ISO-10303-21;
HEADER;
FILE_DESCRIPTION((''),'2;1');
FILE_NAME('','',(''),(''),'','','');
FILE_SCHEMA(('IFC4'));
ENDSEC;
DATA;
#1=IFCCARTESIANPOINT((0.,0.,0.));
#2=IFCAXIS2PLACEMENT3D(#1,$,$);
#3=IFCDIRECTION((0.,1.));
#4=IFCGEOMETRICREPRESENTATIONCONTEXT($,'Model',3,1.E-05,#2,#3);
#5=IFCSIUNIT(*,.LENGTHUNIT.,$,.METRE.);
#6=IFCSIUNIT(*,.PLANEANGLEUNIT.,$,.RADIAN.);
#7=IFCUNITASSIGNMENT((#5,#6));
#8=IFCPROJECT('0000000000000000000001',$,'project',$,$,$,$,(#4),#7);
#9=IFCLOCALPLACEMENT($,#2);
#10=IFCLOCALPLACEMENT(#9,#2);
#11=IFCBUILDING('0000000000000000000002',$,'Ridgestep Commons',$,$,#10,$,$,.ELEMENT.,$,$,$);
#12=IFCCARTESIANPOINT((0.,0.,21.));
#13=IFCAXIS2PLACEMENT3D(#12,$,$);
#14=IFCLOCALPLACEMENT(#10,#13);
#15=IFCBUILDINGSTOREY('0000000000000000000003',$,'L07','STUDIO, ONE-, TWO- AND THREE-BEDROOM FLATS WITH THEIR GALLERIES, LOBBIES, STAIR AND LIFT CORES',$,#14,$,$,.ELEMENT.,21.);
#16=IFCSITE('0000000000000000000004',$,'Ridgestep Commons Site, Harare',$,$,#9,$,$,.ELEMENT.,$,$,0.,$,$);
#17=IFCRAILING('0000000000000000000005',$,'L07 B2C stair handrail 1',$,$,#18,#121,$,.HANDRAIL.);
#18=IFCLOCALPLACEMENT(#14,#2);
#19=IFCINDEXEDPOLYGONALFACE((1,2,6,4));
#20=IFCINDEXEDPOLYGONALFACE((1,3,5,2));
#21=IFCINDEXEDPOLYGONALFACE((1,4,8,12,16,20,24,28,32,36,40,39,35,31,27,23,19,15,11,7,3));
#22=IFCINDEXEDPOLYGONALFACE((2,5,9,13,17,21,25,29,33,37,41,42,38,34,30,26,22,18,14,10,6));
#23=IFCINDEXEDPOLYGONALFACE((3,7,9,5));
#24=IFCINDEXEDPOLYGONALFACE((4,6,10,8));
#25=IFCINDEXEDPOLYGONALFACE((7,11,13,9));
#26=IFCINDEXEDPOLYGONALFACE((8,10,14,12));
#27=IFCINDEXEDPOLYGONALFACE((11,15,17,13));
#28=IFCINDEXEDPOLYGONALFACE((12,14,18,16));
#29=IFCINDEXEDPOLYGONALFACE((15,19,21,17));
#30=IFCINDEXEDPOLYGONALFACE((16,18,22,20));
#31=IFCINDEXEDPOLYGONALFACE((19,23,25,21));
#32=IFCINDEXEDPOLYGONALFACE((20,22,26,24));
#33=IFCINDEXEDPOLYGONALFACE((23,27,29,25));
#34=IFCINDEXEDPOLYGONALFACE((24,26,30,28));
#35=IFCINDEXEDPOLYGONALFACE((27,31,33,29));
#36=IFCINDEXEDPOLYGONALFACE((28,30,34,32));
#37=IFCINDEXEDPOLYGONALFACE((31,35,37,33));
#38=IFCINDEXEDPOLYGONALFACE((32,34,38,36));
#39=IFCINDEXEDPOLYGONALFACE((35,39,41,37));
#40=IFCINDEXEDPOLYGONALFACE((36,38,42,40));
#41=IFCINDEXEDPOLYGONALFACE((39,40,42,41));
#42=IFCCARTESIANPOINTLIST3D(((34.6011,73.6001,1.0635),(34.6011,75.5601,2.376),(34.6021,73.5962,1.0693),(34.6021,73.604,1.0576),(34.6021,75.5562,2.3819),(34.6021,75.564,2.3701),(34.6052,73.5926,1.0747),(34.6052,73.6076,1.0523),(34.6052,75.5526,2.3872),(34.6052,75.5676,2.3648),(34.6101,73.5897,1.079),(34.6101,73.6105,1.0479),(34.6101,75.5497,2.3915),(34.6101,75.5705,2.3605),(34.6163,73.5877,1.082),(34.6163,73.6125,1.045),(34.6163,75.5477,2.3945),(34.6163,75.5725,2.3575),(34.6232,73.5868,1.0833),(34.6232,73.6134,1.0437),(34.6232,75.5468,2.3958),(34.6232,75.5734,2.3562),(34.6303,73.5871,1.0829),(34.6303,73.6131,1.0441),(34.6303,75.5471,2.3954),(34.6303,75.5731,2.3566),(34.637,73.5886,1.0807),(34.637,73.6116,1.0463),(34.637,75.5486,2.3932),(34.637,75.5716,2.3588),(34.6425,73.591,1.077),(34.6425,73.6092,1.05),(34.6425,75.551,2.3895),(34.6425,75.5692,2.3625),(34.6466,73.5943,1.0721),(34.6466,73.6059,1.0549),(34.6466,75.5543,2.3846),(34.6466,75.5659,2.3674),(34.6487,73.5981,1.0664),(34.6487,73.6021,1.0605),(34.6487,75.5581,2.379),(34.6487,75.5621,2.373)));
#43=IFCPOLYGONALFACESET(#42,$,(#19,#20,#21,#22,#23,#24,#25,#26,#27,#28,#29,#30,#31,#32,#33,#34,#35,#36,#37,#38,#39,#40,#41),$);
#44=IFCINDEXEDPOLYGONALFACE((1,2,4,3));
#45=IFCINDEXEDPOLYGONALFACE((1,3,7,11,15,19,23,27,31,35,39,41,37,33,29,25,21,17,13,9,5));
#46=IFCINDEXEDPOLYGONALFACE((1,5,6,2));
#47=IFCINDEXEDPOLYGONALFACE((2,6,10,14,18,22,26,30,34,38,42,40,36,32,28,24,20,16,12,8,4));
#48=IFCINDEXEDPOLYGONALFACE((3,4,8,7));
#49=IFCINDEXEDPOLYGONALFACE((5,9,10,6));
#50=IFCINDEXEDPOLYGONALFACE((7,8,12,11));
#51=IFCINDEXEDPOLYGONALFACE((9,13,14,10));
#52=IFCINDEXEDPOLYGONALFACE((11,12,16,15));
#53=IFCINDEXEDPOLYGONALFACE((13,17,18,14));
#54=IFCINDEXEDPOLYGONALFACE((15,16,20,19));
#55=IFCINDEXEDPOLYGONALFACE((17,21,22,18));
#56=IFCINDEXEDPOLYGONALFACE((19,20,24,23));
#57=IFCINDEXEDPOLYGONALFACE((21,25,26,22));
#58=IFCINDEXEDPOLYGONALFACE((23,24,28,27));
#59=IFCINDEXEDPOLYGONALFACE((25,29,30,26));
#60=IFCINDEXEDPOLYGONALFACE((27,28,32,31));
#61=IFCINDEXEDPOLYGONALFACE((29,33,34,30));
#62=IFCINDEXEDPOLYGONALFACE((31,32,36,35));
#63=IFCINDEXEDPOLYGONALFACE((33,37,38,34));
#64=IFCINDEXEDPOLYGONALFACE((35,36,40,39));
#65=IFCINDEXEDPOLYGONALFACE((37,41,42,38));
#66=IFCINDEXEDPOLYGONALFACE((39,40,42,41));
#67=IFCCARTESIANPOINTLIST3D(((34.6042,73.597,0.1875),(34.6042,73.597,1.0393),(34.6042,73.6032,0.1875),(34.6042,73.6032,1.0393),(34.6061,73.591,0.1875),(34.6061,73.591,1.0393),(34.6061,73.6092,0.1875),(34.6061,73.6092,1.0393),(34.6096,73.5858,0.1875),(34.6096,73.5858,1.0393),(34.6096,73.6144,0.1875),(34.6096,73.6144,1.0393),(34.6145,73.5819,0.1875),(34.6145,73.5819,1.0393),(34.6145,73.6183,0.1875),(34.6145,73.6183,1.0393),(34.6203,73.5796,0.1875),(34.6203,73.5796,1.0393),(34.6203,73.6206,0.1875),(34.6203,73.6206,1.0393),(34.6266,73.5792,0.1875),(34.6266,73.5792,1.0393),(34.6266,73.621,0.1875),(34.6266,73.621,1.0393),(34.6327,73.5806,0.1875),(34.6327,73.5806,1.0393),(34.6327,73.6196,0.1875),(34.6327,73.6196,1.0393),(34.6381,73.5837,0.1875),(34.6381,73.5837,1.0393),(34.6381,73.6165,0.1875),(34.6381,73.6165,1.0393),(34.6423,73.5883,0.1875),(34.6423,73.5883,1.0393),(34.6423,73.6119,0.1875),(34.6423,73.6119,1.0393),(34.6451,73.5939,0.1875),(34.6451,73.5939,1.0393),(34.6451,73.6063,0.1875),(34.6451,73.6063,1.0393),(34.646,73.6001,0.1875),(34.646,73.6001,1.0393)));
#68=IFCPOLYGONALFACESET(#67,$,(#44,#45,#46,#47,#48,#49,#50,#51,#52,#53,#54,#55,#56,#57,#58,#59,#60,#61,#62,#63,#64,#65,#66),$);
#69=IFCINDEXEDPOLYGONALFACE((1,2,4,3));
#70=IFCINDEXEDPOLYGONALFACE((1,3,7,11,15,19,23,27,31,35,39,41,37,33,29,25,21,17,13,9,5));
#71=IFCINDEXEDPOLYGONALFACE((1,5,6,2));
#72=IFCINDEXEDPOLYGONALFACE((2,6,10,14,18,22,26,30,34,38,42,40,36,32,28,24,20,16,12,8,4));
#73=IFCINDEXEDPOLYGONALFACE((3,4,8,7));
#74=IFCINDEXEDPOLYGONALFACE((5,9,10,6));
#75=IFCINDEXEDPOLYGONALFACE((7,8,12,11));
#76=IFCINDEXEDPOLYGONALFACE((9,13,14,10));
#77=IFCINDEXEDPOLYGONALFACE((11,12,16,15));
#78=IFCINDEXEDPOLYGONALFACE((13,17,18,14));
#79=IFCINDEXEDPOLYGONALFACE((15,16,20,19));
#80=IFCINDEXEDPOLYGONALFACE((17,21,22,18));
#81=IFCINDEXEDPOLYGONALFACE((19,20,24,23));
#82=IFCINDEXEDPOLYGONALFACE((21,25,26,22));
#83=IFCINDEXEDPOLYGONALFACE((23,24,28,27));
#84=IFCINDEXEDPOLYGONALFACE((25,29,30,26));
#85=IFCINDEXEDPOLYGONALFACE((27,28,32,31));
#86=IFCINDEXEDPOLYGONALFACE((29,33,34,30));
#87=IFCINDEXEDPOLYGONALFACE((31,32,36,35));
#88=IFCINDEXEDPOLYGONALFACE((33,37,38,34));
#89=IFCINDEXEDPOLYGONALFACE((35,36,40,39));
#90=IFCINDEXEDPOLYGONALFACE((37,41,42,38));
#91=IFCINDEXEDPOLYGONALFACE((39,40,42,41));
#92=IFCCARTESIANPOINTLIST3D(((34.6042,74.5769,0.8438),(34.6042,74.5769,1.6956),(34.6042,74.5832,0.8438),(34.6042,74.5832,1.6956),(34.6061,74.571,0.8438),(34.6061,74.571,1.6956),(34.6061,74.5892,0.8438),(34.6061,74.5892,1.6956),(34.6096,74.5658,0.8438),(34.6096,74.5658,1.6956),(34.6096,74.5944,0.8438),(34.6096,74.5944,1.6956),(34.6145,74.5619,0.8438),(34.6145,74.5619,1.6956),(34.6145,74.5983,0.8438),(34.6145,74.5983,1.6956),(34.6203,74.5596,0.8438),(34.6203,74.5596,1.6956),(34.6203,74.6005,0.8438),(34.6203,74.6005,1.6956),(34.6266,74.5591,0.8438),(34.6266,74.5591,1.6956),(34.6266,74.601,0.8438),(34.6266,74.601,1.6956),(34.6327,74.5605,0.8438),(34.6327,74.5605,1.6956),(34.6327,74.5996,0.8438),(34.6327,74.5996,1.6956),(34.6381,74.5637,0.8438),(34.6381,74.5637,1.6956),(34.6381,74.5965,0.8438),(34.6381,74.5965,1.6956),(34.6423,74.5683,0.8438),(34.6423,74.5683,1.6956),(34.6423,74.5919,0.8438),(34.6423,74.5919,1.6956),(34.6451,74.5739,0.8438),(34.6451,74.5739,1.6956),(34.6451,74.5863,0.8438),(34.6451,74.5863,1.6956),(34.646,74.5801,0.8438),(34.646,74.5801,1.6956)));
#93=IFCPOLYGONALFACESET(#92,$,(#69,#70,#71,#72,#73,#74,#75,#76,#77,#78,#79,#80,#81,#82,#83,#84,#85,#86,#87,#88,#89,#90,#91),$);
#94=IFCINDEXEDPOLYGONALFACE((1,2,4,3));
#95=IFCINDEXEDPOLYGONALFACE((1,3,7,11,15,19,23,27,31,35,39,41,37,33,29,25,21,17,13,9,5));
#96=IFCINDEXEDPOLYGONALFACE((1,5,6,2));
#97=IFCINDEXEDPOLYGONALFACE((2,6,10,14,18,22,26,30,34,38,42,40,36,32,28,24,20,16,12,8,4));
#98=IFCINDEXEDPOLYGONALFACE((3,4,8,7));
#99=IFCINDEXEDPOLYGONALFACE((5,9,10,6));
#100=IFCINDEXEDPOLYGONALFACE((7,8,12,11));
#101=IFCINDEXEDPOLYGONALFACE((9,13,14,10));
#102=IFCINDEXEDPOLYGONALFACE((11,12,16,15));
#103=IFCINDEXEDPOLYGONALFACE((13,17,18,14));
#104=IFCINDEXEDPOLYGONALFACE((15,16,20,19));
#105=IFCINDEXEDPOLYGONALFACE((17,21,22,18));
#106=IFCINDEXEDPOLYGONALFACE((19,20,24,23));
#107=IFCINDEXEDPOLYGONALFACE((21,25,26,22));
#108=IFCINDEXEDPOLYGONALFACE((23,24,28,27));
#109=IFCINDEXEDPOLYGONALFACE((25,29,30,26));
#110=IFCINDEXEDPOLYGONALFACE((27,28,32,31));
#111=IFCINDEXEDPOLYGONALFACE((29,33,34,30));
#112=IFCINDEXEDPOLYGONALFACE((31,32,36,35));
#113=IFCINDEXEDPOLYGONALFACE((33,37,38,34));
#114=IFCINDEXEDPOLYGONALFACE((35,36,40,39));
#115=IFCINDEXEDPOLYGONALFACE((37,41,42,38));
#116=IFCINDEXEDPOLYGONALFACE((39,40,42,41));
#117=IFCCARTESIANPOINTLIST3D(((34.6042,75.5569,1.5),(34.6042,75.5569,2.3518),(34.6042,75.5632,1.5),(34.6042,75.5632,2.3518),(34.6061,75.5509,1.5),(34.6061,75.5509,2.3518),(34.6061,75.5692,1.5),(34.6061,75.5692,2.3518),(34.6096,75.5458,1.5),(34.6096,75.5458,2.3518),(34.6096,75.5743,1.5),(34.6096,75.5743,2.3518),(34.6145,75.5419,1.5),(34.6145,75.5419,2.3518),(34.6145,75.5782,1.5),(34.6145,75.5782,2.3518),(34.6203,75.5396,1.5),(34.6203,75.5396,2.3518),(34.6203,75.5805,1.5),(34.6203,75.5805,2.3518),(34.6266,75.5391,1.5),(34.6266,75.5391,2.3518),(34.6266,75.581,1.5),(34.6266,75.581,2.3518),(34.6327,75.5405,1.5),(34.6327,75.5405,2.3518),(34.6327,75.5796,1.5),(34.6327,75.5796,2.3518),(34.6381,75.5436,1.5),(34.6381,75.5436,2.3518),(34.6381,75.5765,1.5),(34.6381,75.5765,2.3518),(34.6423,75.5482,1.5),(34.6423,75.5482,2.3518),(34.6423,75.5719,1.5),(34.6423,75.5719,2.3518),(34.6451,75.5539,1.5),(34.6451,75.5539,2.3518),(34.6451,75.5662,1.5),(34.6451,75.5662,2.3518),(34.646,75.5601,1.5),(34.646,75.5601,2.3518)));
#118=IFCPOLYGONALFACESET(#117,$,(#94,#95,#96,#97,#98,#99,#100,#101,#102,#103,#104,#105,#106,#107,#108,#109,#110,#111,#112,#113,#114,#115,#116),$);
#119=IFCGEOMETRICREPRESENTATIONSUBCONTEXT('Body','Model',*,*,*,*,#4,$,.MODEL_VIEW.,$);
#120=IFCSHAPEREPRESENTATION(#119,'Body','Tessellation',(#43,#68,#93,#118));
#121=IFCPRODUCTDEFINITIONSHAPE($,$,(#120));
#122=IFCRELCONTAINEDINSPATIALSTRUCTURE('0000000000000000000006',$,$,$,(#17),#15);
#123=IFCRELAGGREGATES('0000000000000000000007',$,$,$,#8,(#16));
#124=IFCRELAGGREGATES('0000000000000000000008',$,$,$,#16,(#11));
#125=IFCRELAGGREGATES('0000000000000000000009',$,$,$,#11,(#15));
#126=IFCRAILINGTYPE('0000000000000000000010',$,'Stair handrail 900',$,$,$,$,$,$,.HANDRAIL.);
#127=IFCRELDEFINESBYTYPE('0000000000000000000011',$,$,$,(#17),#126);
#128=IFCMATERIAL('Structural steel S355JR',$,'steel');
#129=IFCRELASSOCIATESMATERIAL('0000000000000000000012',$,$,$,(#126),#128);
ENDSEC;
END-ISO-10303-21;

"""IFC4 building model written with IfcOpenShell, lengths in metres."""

from ifc_helpers import new_model, si_unit, direction, frame, origin, origin_2d, place, context, subcontext, project, spatial, circle, extrude, material, type_object, element, save


model = new_model("IFC4")

# Units and contexts
model_context = context("Model", 3, precision=1e-05, world=origin(), true_north=direction((0.0, 1.0)))
body_context = subcontext(model_context, "Body", "Model", "MODEL_VIEW")
ifc_project = project(units=[si_unit("LENGTHUNIT", "METRE"), si_unit("PLANEANGLEUNIT", "RADIAN")], contexts=[model_context])

# Site, building, storey
site_placement = place(None, origin())
site = spatial("IfcSite", under=ifc_project, at=site_placement, Name="Ridgestep Commons Site, Harare", CompositionType="ELEMENT", RefElevation=0.0)
building_placement = place(site_placement, origin())
building = spatial("IfcBuilding", under=site, at=building_placement, Name="Ridgestep Commons", CompositionType="ELEMENT")
storey_placement = place(building_placement, frame((0.0, 0.0, 21.0)))
storey = spatial("IfcBuildingStorey", under=building, at=storey_placement, Name="L07", Description="STUDIO, ONE-, TWO- AND THREE-BEDROOM FLATS WITH THEIR GALLERIES, LOBBIES, STAIR AND LIFT CORES", CompositionType="ELEMENT", Elevation=21.0)

# Railing
ifc_material_1 = material(Name="Structural steel S355JR", Category="steel")
railing_type_1 = type_object("IfcRailingType", Name="Stair handrail 900", PredefinedType="HANDRAIL", material=ifc_material_1)
railing_1_placement = place(storey_placement, frame((34.625, 73.6001, 0.1875)))
element("IfcRailing", 1, at=railing_1_placement, inside=storey, type_object=railing_type_1, Name="L07 B2C stair handrail 1", PredefinedType="HANDRAIL", context=body_context, shape_type="SweptSolid", body=[
    extrude(circle(Radius=0.0239, at=origin_2d()), frame((0.0, 0.0, 0.876), z_axis=(0.0, 0.830902, 0.556419), x_axis=(-1.0, 0.0, 0.0)), (0.0, 0.0, 1.0), 2.3589),
    extrude(circle(Radius=0.021, at=origin_2d()), origin(), (0.0, 0.0, 1.0), 0.8518),
    extrude(circle(Radius=0.021, at=origin_2d()), frame((0.0, 0.98, 0.6562)), (0.0, 0.0, 1.0), 0.8518),
    extrude(circle(Radius=0.021, at=origin_2d()), frame((0.0, 1.96, 1.3125)), (0.0, 0.0, 1.0), 0.8518),
])

save(model, "model.ifc")
